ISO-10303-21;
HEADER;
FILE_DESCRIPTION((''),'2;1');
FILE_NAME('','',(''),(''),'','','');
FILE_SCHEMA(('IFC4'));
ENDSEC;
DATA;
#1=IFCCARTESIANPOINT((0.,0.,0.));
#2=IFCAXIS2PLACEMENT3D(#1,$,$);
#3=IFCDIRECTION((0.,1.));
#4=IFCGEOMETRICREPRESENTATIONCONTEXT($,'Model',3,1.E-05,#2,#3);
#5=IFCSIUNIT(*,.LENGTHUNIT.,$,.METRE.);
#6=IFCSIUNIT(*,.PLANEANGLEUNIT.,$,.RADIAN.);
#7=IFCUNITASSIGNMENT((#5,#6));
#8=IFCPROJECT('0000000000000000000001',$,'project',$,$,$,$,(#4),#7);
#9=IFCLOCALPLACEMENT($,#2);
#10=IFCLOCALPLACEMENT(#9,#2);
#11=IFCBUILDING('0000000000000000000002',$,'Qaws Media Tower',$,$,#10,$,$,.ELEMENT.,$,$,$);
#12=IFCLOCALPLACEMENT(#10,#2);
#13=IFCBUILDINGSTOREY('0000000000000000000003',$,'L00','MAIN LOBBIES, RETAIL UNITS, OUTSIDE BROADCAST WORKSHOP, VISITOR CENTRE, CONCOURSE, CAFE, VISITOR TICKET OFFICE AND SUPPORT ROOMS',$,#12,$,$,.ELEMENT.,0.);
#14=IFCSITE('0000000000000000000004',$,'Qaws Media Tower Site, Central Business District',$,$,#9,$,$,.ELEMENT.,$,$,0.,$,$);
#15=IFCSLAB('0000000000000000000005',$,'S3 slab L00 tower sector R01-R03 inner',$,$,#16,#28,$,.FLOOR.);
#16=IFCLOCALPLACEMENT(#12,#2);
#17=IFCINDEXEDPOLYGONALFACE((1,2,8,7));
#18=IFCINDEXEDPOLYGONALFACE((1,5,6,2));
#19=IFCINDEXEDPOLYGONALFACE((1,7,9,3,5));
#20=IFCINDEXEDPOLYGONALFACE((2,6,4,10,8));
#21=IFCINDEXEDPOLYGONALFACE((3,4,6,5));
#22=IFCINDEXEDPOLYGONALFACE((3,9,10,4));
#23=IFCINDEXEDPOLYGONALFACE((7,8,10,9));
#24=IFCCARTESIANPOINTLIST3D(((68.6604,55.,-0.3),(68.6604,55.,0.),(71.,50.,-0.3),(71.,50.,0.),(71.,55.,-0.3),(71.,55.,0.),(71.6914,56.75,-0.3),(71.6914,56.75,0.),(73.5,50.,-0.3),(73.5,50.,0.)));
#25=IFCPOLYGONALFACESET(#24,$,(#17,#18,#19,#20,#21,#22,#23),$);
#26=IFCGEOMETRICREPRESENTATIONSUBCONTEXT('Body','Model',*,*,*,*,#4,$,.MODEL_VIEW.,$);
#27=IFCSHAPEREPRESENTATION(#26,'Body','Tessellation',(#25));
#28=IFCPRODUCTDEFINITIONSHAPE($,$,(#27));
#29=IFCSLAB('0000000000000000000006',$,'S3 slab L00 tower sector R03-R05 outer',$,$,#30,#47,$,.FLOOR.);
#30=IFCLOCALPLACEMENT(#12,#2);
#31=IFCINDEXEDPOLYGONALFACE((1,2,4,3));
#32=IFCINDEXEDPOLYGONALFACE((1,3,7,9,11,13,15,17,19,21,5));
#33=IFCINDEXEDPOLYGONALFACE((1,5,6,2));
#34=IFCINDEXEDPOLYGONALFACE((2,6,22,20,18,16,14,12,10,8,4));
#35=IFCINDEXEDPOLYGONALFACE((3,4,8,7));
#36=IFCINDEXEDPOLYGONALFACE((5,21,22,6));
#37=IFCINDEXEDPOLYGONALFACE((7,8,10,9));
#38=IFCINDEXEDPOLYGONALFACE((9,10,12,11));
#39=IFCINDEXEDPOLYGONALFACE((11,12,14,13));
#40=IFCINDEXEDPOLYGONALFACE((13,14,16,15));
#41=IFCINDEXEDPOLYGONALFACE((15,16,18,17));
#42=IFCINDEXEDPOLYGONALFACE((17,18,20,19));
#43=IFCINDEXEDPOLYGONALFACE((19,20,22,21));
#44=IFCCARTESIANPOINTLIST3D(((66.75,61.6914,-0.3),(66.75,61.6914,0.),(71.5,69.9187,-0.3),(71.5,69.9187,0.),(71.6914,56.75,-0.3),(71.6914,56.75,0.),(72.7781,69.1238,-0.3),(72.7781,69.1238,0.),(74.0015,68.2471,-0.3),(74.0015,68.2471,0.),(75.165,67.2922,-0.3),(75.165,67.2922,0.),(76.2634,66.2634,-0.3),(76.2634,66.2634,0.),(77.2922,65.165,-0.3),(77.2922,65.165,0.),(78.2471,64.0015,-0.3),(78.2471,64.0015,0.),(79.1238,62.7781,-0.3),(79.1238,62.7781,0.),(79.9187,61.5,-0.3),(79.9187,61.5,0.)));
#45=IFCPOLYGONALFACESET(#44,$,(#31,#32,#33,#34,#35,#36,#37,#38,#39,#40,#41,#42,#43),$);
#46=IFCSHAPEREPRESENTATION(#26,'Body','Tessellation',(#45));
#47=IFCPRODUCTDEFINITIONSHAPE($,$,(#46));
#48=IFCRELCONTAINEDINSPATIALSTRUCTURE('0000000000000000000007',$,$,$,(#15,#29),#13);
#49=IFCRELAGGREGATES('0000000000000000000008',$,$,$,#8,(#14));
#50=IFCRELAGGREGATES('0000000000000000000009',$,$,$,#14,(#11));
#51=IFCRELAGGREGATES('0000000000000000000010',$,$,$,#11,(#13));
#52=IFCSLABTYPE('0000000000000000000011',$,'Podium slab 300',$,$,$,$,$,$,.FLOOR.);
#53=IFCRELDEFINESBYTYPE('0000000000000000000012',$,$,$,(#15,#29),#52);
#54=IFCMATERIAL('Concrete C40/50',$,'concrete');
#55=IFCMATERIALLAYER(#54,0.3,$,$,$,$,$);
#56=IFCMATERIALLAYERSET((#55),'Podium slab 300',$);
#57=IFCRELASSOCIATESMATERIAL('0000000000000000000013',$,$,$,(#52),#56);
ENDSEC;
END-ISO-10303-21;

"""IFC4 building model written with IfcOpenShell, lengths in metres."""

from ifc_helpers import new_model, si_unit, direction, frame, origin, place, context, subcontext, project, spatial, polyline, outline, extrude, material, layer, layer_set, type_object, element, save


model = new_model("IFC4")

# Units and contexts
model_context = context("Model", 3, precision=1e-05, world=origin(), true_north=direction((0.0, 1.0)))
body_context = subcontext(model_context, "Body", "Model", "MODEL_VIEW")
ifc_project = project(units=[si_unit("LENGTHUNIT", "METRE"), si_unit("PLANEANGLEUNIT", "RADIAN")], contexts=[model_context])

# Site, building, storey
site_placement = place(None, origin())
site = spatial("IfcSite", under=ifc_project, at=site_placement, Name="Qaws Media Tower Site, Central Business District", CompositionType="ELEMENT", RefElevation=0.0)
building_placement = place(site_placement, origin())
building = spatial("IfcBuilding", under=site, at=building_placement, Name="Qaws Media Tower", CompositionType="ELEMENT")
storey_placement = place(building_placement, origin())
storey = spatial("IfcBuildingStorey", under=building, at=storey_placement, Name="L00", Description="MAIN LOBBIES, RETAIL UNITS, OUTSIDE BROADCAST WORKSHOP, VISITOR CENTRE, CONCOURSE, CAFE, VISITOR TICKET OFFICE AND SUPPORT ROOMS", CompositionType="ELEMENT", Elevation=0.0)

# Slabs
ifc_material = material(Name="Concrete C40/50", Category="concrete")
ifc_layer = layer(ifc_material, 0.3)
ifc_layer_set = layer_set([ifc_layer], Name="Podium slab 300")
slab_type = type_object("IfcSlabType", Name="Podium slab 300", PredefinedType="FLOOR", material=ifc_layer_set)
slab_1_placement = place(storey_placement, frame((0.0, 0.0, -0.3)))
element("IfcSlab", 1, at=slab_1_placement, inside=storey, type_object=slab_type, Name="S3 slab L00 tower sector R01-R03 inner", PredefinedType="FLOOR", context=body_context, shape_type="SweptSolid", body=[
    extrude(outline(polyline([(71.0, 50.0), (71.0, 55.0), (68.6604, 55.0), (71.6914, 56.75), (73.5, 50.0), (71.0, 50.0)])), origin(), (0.0, 0.0, 1.0), 0.3),
])
slab_2_placement = place(storey_placement, frame((0.0, 0.0, -0.3)))
element("IfcSlab", 2, at=slab_2_placement, inside=storey, type_object=slab_type, Name="S3 slab L00 tower sector R03-R05 outer", PredefinedType="FLOOR", context=body_context, shape_type="SweptSolid", body=[
    extrude(outline(polyline([(78.2471, 64.0015), (79.1238, 62.7781), (79.9187, 61.5), (71.6914, 56.75), (66.75, 61.6914), (71.5, 69.9187), (72.7781, 69.1238), (74.0015, 68.2471), (75.165, 67.2922), (76.2634, 66.2634), (77.2922, 65.165), (78.2471, 64.0015)])), origin(), (0.0, 0.0, 1.0), 0.3),
])

save(model, "model.ifc")
